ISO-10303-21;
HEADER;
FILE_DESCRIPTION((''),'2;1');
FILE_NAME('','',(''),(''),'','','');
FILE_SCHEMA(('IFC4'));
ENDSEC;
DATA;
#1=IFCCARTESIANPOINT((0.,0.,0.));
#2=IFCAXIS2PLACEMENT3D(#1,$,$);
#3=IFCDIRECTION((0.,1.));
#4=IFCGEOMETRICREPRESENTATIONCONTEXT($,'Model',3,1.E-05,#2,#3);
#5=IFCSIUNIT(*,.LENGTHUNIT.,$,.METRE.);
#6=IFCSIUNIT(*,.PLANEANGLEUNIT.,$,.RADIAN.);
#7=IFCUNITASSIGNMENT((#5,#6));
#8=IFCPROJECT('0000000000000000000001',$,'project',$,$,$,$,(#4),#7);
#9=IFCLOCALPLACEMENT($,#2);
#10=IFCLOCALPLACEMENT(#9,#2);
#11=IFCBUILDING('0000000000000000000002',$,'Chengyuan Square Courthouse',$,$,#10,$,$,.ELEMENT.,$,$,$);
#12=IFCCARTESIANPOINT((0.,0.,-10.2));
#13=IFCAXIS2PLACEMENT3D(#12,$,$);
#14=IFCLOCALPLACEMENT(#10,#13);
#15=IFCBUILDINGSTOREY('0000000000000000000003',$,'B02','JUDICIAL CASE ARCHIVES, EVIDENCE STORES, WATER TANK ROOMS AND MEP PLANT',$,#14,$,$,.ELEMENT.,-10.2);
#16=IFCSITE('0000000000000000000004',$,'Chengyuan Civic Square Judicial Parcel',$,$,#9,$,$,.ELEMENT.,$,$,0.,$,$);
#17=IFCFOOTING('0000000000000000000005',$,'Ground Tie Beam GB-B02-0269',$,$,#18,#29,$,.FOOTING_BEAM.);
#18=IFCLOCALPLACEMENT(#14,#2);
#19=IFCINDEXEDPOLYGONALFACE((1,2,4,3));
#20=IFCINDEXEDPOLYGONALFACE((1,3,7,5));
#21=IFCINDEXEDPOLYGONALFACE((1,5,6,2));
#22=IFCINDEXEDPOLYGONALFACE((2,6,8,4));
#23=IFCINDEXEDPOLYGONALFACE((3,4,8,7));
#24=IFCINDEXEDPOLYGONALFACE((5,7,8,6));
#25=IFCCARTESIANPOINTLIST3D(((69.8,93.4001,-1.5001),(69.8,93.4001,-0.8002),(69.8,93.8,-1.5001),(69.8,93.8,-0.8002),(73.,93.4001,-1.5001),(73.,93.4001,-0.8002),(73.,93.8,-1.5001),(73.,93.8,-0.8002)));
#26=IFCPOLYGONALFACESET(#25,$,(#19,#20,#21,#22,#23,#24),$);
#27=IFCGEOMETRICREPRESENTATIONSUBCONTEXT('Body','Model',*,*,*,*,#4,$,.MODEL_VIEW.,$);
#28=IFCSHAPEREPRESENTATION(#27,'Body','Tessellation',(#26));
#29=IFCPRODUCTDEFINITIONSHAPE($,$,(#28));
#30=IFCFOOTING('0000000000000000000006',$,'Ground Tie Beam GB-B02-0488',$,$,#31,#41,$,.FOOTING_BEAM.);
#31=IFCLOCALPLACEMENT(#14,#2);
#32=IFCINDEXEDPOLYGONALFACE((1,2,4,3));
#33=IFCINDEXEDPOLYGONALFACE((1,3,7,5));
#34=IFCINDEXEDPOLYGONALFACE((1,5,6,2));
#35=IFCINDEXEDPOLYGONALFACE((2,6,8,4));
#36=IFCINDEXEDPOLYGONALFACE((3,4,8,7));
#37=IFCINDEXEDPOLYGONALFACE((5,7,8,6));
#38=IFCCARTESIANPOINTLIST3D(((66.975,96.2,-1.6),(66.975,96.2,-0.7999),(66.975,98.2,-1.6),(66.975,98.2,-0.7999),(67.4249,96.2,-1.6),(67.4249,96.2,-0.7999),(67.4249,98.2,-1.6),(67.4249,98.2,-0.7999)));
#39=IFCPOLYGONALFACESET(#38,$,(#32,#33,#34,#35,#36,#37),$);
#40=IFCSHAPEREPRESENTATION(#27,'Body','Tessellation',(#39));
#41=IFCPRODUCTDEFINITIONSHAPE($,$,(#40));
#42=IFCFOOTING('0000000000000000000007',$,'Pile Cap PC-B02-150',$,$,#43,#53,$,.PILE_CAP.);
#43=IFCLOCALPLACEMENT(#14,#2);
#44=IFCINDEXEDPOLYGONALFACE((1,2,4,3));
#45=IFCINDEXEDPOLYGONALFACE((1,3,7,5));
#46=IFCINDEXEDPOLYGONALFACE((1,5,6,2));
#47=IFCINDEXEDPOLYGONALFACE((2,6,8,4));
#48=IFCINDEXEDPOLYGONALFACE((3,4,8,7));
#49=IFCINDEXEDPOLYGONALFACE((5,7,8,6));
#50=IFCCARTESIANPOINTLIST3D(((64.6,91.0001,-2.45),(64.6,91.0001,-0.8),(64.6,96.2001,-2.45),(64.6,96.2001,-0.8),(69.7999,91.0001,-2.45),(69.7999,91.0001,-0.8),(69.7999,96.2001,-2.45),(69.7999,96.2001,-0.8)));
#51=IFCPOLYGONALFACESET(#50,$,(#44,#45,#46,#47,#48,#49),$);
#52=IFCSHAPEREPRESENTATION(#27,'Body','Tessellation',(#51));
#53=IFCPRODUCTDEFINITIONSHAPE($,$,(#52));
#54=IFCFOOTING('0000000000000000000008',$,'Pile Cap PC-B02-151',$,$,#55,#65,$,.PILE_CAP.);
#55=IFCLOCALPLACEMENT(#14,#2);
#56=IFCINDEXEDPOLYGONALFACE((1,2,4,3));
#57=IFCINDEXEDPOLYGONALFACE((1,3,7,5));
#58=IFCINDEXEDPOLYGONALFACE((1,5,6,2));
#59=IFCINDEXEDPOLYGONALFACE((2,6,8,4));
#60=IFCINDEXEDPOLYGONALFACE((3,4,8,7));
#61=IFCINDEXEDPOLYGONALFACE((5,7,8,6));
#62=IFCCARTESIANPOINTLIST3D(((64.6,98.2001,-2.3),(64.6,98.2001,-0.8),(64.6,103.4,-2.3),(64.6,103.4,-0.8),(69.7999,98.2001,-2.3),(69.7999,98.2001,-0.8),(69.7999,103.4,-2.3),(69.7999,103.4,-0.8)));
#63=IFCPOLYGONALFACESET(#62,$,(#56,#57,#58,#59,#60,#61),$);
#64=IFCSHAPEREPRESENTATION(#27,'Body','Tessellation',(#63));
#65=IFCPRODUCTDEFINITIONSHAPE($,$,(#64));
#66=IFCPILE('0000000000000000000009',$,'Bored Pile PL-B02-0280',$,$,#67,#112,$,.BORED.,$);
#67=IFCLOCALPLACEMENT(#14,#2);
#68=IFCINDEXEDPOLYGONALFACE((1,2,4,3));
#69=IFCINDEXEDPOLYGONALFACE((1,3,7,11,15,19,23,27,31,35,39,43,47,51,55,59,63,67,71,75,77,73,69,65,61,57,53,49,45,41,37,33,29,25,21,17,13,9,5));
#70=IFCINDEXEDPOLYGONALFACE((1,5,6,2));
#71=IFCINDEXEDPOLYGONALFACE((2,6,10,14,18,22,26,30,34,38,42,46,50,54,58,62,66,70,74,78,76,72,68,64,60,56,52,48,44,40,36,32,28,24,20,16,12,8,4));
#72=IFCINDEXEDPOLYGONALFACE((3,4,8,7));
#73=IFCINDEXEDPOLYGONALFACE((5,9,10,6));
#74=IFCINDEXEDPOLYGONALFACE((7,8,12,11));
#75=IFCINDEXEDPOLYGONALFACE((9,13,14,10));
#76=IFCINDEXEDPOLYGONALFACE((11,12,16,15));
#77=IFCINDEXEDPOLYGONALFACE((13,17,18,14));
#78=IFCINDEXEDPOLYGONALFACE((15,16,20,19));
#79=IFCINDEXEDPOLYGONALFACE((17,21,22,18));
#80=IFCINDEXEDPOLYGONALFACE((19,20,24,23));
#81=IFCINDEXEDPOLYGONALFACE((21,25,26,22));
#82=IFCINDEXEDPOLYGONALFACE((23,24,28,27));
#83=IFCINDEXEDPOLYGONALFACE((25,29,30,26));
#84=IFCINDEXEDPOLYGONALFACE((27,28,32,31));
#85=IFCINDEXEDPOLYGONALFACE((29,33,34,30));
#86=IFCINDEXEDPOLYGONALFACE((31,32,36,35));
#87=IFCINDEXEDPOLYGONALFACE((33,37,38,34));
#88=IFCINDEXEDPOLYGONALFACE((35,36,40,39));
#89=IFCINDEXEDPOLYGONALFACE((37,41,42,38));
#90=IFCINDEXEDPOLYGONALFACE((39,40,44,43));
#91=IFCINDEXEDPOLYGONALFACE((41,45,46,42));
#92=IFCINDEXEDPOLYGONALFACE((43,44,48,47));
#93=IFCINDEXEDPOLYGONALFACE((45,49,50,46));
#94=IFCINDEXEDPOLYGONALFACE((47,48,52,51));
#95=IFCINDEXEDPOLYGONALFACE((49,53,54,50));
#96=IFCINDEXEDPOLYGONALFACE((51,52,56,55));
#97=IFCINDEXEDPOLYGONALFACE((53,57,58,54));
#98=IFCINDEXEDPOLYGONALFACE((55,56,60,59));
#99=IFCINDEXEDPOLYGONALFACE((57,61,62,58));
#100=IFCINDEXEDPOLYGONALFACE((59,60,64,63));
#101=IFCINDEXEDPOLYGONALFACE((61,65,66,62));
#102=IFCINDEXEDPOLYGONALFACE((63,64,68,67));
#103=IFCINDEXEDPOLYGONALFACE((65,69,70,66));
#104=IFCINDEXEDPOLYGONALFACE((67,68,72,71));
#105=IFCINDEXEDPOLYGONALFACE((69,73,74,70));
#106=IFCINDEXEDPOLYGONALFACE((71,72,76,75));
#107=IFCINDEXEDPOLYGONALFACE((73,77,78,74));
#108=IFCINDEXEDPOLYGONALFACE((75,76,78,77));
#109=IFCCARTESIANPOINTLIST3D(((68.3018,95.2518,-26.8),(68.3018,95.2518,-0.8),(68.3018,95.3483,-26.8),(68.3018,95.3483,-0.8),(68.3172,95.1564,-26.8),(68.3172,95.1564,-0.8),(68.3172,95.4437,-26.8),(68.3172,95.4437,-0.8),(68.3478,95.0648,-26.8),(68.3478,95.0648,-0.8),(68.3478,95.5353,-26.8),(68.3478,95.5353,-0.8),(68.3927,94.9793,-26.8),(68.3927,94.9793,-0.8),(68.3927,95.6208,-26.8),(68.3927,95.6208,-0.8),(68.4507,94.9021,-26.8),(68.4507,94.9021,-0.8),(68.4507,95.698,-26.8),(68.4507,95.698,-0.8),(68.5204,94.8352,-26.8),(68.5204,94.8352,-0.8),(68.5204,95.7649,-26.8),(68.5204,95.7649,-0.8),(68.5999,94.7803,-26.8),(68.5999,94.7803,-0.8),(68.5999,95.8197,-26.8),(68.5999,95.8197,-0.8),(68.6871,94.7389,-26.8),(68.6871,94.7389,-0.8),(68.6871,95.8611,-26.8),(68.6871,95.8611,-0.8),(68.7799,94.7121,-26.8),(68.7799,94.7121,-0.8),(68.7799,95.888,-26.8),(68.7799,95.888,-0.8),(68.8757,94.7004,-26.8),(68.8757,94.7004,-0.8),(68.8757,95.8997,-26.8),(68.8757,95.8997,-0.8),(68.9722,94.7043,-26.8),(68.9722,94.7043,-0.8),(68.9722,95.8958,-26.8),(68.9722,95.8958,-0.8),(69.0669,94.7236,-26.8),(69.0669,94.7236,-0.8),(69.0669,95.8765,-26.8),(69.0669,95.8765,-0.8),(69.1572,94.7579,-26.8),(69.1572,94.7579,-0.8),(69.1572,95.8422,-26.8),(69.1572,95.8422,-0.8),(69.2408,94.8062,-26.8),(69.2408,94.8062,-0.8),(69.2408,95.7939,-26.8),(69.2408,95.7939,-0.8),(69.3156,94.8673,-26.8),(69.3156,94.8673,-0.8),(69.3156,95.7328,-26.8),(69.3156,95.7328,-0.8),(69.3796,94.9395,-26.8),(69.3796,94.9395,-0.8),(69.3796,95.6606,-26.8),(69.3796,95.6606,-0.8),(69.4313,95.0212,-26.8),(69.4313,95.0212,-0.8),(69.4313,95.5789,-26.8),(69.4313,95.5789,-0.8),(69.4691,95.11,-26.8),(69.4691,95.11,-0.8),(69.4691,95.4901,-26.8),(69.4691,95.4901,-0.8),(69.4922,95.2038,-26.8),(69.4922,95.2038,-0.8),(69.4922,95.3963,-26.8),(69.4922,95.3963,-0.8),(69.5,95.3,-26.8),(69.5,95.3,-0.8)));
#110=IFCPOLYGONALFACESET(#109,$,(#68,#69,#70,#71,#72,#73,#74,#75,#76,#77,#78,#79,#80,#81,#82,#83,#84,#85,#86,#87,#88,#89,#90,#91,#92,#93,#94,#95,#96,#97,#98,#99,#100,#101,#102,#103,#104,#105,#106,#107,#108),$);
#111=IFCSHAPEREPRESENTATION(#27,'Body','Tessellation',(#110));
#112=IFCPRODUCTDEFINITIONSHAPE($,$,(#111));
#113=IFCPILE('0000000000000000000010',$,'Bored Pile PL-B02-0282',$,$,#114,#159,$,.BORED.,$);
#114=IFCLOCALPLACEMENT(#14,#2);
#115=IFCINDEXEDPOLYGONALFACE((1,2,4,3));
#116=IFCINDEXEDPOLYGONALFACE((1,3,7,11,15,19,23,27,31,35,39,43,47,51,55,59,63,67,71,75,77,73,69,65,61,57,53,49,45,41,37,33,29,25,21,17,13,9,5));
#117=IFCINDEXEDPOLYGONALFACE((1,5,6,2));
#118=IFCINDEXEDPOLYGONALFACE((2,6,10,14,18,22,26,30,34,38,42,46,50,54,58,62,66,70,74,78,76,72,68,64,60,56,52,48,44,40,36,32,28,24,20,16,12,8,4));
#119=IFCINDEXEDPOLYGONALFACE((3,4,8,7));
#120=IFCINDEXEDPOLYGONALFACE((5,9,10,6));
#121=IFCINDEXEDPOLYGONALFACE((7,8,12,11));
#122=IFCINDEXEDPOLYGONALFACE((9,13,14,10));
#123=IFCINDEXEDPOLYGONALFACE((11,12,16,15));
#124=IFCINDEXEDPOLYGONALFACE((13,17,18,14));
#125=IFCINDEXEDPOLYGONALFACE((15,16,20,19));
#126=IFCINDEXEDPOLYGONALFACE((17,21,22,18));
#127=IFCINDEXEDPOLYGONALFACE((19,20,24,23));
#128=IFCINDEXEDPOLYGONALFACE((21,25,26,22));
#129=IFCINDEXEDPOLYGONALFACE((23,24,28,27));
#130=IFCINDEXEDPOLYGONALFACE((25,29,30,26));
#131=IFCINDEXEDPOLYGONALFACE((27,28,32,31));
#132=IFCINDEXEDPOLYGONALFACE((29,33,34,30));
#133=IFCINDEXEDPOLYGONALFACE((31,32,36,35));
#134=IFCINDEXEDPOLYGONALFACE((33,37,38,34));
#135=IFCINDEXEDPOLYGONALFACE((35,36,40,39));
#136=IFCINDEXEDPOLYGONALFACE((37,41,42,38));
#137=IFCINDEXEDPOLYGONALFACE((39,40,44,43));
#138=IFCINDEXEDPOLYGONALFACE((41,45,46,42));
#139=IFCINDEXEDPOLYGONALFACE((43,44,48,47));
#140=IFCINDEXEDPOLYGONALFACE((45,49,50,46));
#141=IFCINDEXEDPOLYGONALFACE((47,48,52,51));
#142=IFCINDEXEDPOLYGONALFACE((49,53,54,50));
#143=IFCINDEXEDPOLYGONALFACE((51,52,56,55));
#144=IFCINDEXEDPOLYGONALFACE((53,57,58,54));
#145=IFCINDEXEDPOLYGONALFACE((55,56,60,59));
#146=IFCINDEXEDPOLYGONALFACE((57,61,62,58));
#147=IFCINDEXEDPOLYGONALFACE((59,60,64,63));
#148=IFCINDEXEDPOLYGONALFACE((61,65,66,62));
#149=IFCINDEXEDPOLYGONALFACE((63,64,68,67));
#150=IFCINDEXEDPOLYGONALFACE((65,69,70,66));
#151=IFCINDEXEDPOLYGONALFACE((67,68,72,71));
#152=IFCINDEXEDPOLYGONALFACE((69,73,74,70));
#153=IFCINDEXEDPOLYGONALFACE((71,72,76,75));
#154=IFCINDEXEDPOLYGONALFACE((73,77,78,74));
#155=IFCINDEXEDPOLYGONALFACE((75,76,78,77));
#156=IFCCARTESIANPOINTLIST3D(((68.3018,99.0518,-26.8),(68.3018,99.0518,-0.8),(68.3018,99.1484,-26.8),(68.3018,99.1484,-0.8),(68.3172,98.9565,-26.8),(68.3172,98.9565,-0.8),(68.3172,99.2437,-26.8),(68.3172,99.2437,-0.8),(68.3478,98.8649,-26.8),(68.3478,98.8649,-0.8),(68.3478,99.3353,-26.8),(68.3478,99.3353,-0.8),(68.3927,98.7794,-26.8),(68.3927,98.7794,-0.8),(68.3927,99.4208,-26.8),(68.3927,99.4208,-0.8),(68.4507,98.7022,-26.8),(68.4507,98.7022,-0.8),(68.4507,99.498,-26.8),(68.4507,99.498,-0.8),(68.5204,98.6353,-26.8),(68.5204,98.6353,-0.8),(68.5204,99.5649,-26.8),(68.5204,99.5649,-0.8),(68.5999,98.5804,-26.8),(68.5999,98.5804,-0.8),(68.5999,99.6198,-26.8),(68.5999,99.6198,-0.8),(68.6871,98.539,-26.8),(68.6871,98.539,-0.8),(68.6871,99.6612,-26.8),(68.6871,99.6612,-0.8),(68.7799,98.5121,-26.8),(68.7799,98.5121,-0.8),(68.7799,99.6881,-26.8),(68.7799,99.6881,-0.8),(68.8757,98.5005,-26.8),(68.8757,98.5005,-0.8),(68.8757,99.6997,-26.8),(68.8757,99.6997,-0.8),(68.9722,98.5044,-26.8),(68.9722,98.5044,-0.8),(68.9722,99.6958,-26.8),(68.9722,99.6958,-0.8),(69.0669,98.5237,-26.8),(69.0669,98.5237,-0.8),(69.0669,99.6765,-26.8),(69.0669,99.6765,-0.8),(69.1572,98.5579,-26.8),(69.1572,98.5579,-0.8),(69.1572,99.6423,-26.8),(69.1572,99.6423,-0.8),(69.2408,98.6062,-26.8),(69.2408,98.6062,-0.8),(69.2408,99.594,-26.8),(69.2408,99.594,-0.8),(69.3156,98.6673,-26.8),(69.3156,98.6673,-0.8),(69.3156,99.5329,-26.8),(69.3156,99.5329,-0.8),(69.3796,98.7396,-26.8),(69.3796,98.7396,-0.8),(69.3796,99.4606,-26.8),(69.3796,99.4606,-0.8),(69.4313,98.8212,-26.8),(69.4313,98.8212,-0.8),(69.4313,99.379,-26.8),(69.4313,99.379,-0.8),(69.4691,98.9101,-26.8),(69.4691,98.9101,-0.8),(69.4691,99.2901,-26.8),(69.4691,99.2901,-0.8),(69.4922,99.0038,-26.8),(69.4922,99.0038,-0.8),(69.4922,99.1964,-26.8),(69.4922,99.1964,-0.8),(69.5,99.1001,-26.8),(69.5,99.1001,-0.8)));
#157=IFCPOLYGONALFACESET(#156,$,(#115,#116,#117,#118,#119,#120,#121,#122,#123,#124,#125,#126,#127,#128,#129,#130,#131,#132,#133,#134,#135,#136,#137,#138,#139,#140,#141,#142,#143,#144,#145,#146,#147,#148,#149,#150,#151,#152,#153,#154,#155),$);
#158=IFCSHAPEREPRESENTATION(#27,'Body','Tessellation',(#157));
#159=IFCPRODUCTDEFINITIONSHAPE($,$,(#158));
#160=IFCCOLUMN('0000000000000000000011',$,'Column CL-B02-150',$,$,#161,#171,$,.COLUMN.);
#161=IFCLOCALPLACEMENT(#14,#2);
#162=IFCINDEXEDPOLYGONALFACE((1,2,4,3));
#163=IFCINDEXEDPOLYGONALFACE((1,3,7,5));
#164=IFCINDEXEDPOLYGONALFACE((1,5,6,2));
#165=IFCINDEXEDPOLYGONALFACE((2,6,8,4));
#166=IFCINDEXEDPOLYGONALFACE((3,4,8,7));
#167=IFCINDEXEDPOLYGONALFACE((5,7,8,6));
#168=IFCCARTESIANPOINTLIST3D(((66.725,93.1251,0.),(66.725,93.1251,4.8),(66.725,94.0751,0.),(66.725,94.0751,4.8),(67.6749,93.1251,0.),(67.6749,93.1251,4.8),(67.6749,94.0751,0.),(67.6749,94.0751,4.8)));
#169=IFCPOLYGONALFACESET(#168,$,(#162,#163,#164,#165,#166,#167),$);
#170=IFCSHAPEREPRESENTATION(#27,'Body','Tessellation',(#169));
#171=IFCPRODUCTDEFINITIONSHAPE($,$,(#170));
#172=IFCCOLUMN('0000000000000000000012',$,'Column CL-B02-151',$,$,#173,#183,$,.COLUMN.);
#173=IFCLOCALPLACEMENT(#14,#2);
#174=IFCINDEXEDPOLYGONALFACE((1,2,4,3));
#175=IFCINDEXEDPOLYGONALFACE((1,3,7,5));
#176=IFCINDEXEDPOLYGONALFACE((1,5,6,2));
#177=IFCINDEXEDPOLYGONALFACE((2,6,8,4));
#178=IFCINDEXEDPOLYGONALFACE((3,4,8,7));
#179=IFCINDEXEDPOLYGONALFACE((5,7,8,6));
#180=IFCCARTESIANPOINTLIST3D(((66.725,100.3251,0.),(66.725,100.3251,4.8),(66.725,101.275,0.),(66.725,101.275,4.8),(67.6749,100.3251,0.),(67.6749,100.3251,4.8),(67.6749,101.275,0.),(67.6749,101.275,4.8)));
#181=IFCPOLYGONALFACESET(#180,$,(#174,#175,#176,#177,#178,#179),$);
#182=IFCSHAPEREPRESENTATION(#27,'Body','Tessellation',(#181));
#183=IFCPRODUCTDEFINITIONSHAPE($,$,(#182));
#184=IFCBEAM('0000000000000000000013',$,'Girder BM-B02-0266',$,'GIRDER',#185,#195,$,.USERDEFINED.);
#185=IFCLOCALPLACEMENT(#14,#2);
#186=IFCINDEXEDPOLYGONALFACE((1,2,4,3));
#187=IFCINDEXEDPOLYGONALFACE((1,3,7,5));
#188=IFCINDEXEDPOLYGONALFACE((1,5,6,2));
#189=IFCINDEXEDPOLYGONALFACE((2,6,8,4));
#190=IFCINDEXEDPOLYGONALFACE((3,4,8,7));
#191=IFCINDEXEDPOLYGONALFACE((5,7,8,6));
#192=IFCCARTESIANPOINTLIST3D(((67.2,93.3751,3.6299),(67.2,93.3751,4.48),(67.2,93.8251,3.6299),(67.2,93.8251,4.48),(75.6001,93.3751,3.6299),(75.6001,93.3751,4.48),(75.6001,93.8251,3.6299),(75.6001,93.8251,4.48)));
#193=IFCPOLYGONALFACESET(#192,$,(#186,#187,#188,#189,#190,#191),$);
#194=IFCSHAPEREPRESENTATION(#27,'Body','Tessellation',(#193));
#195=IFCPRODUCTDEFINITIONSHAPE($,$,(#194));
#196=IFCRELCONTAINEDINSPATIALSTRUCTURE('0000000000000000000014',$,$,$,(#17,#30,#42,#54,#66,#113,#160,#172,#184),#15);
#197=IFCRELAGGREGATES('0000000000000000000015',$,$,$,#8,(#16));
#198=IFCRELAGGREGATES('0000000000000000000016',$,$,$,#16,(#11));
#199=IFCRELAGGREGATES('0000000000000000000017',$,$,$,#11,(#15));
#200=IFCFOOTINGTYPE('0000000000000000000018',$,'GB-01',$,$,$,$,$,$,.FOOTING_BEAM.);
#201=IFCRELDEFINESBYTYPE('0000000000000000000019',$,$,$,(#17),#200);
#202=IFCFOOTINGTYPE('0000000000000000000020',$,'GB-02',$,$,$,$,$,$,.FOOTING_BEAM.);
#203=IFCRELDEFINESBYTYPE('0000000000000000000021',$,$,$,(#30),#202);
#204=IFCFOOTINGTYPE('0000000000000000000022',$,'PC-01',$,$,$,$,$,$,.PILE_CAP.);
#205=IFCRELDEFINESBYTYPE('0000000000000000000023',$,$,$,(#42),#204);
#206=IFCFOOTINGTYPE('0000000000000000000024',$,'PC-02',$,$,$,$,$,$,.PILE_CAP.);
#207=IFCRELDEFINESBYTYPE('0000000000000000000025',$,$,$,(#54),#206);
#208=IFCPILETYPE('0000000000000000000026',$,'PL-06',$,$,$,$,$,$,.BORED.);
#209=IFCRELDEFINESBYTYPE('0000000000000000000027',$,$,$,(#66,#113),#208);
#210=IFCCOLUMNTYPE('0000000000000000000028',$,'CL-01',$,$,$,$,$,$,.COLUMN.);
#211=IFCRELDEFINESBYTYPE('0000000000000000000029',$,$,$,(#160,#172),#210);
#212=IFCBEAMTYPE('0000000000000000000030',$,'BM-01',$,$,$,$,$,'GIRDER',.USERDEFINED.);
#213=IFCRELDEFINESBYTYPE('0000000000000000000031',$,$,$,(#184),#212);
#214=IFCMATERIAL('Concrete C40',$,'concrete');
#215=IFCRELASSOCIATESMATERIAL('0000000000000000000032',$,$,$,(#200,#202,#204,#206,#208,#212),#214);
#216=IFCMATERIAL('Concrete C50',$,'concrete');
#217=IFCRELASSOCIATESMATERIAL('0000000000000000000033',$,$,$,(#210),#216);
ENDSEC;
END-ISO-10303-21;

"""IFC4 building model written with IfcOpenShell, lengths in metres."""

from ifc_helpers import new_model, si_unit, direction, frame, origin, origin_2d, place, context, subcontext, project, spatial, rectangle, circle, extrude, material, material_profile, profile_set, type_object, element, save


model = new_model("IFC4")

# Units and contexts
model_context = context("Model", 3, precision=1e-05, world=origin(), true_north=direction((0.0, 1.0)))
body_context = subcontext(model_context, "Body", "Model", "MODEL_VIEW")
ifc_project = project(units=[si_unit("LENGTHUNIT", "METRE"), si_unit("PLANEANGLEUNIT", "RADIAN")], contexts=[model_context])

# Site, building, storey
site_placement = place(None, origin())
site = spatial("IfcSite", under=ifc_project, at=site_placement, Name="Chengyuan Civic Square Judicial Parcel", CompositionType="ELEMENT", RefElevation=0.0)
building_placement = place(site_placement, origin())
building = spatial("IfcBuilding", under=site, at=building_placement, Name="Chengyuan Square Courthouse", CompositionType="ELEMENT")
storey_placement = place(building_placement, frame((0.0, 0.0, -10.2)))
storey = spatial("IfcBuildingStorey", under=building, at=storey_placement, Name="B02", Description="JUDICIAL CASE ARCHIVES, EVIDENCE STORES, WATER TANK ROOMS AND MEP PLANT", CompositionType="ELEMENT", Elevation=-10.2)

# Footings
ifc_material_1 = material(Name="Concrete C40", Category="concrete")
ifc_material_profile_1 = material_profile(ifc_material_1, rectangle(XDim=0.3999, YDim=0.7, at=origin_2d()), Name="GB-400x700")
ifc_profile_set_1 = profile_set([ifc_material_profile_1], Name="Concrete C40")
footing_type_1 = type_object("IfcFootingType", Name="GB-01", PredefinedType="FOOTING_BEAM", material=ifc_profile_set_1)
footing_1_placement = place(storey_placement, frame((69.8, 93.6001, -1.1501), z_axis=(1.0, 0.0, 0.0), x_axis=(0.0, 1.0, 0.0)))
element("IfcFooting", 1, at=footing_1_placement, inside=storey, type_object=footing_type_1, Name="Ground Tie Beam GB-B02-0269", PredefinedType="FOOTING_BEAM", context=body_context, shape_type="SweptSolid", body=[
    extrude(rectangle(XDim=0.3999, YDim=0.7, at=origin_2d()), origin(), (0.0, 0.0, 1.0), 3.2),
])
ifc_material_profile_2 = material_profile(ifc_material_1, rectangle(XDim=0.45, YDim=0.8, at=origin_2d()), Name="GB-450x800")
ifc_profile_set_2 = profile_set([ifc_material_profile_2], Name="Concrete C40")
footing_type_2 = type_object("IfcFootingType", Name="GB-02", PredefinedType="FOOTING_BEAM", material=ifc_profile_set_2)
footing_2_placement = place(storey_placement, frame((67.2, 96.2, -1.2), z_axis=(0.0, 1.0, 0.0), x_axis=(-1.0, 0.0, 0.0)))
element("IfcFooting", 2, at=footing_2_placement, inside=storey, type_object=footing_type_2, Name="Ground Tie Beam GB-B02-0488", PredefinedType="FOOTING_BEAM", context=body_context, shape_type="SweptSolid", body=[
    extrude(rectangle(XDim=0.45, YDim=0.8, at=origin_2d()), origin(), (0.0, 0.0, 1.0), 2.0),
])
footing_type_3 = type_object("IfcFootingType", Name="PC-01", PredefinedType="PILE_CAP", material=ifc_material_1)
footing_3_placement = place(storey_placement, frame((67.2, 93.6001, -2.45), z_axis=(0.0, 0.0, 1.0), x_axis=(1.0, 0.0, 0.0)))
element("IfcFooting", 3, at=footing_3_placement, inside=storey, type_object=footing_type_3, Name="Pile Cap PC-B02-150", PredefinedType="PILE_CAP", context=body_context, shape_type="SweptSolid", body=[
    extrude(rectangle(XDim=5.2, YDim=5.2, at=origin_2d()), origin(), (0.0, 0.0, 1.0), 1.6499),
])
footing_type_4 = type_object("IfcFootingType", Name="PC-02", PredefinedType="PILE_CAP", material=ifc_material_1)
footing_4_placement = place(storey_placement, frame((67.2, 100.8, -2.3), z_axis=(0.0, 0.0, 1.0), x_axis=(1.0, 0.0, 0.0)))
element("IfcFooting", 4, at=footing_4_placement, inside=storey, type_object=footing_type_4, Name="Pile Cap PC-B02-151", PredefinedType="PILE_CAP", context=body_context, shape_type="SweptSolid", body=[
    extrude(rectangle(XDim=5.2, YDim=5.2, at=origin_2d()), origin(), (0.0, 0.0, 1.0), 1.5),
])

# Piles
ifc_material_profile_3 = material_profile(ifc_material_1, circle(Radius=0.6001, at=origin_2d()), Name="BORED PILE D1200")
ifc_profile_set_3 = profile_set([ifc_material_profile_3], Name="Concrete C40")
pile_type = type_object("IfcPileType", Name="PL-06", PredefinedType="BORED", material=ifc_profile_set_3)
for number, where, z_axis, x_axis, name in (
    (5, (68.8999, 95.3, -0.8), (0.0, 0.0, -1.0), (1.0, 0.0, 0.0), "Bored Pile PL-B02-0280"),
    (6, (68.8999, 99.1001, -0.8), (0.0, 0.0, -1.0), (1.0, 0.0, 0.0), "Bored Pile PL-B02-0282"),
):
    element("IfcPile", number, at=place(storey_placement, frame(where, z_axis=z_axis, x_axis=x_axis)), inside=storey, type_object=pile_type, Name=name, PredefinedType="BORED", context=body_context, shape_type="SweptSolid", body=[
        extrude(circle(Radius=0.6001, at=origin_2d()), origin(), (0.0, 0.0, 1.0), 26.0),
    ])

# Columns
ifc_material_2 = material(Name="Concrete C50", Category="concrete")
ifc_material_profile_4 = material_profile(ifc_material_2, rectangle(XDim=0.95, YDim=0.95, at=origin_2d()), Name="RC-COL-950x950")
ifc_profile_set_4 = profile_set([ifc_material_profile_4], Name="Concrete C50")
column_type = type_object("IfcColumnType", Name="CL-01", PredefinedType="COLUMN", material=ifc_profile_set_4)
for number, where, z_axis, x_axis, name in (
    (7, (67.2, 93.6001, 0.0), (0.0, 0.0, 1.0), (1.0, 0.0, 0.0), "Column CL-B02-150"),
    (8, (67.2, 100.8, 0.0), (0.0, 0.0, 1.0), (1.0, 0.0, 0.0), "Column CL-B02-151"),
):
    element("IfcColumn", number, at=place(storey_placement, frame(where, z_axis=z_axis, x_axis=x_axis)), inside=storey, type_object=column_type, Name=name, PredefinedType="COLUMN", context=body_context, shape_type="SweptSolid", body=[
        extrude(rectangle(XDim=0.95, YDim=0.95, at=origin_2d()), origin(), (0.0, 0.0, 1.0), 4.8),
    ])

# Beam
ifc_material_profile_5 = material_profile(ifc_material_1, rectangle(XDim=0.45, YDim=0.8501, at=origin_2d()), Name="RC-BM-450x850")
ifc_profile_set_5 = profile_set([ifc_material_profile_5], Name="Concrete C40")
beam_type_1 = type_object("IfcBeamType", Name="BM-01", ElementType="GIRDER", PredefinedType="USERDEFINED", material=ifc_profile_set_5)
beam_1_placement = place(storey_placement, frame((67.2, 93.6001, 4.0549), z_axis=(1.0, 0.0, 0.0), x_axis=(0.0, 1.0, 0.0)))
element("IfcBeam", 9, at=beam_1_placement, inside=storey, type_object=beam_type_1, Name="Girder BM-B02-0266", ObjectType="GIRDER", PredefinedType="USERDEFINED", context=body_context, shape_type="SweptSolid", body=[
    extrude(rectangle(XDim=0.45, YDim=0.8501, at=origin_2d()), origin(), (0.0, 0.0, 1.0), 8.4001),
])

save(model, "model.ifc")
